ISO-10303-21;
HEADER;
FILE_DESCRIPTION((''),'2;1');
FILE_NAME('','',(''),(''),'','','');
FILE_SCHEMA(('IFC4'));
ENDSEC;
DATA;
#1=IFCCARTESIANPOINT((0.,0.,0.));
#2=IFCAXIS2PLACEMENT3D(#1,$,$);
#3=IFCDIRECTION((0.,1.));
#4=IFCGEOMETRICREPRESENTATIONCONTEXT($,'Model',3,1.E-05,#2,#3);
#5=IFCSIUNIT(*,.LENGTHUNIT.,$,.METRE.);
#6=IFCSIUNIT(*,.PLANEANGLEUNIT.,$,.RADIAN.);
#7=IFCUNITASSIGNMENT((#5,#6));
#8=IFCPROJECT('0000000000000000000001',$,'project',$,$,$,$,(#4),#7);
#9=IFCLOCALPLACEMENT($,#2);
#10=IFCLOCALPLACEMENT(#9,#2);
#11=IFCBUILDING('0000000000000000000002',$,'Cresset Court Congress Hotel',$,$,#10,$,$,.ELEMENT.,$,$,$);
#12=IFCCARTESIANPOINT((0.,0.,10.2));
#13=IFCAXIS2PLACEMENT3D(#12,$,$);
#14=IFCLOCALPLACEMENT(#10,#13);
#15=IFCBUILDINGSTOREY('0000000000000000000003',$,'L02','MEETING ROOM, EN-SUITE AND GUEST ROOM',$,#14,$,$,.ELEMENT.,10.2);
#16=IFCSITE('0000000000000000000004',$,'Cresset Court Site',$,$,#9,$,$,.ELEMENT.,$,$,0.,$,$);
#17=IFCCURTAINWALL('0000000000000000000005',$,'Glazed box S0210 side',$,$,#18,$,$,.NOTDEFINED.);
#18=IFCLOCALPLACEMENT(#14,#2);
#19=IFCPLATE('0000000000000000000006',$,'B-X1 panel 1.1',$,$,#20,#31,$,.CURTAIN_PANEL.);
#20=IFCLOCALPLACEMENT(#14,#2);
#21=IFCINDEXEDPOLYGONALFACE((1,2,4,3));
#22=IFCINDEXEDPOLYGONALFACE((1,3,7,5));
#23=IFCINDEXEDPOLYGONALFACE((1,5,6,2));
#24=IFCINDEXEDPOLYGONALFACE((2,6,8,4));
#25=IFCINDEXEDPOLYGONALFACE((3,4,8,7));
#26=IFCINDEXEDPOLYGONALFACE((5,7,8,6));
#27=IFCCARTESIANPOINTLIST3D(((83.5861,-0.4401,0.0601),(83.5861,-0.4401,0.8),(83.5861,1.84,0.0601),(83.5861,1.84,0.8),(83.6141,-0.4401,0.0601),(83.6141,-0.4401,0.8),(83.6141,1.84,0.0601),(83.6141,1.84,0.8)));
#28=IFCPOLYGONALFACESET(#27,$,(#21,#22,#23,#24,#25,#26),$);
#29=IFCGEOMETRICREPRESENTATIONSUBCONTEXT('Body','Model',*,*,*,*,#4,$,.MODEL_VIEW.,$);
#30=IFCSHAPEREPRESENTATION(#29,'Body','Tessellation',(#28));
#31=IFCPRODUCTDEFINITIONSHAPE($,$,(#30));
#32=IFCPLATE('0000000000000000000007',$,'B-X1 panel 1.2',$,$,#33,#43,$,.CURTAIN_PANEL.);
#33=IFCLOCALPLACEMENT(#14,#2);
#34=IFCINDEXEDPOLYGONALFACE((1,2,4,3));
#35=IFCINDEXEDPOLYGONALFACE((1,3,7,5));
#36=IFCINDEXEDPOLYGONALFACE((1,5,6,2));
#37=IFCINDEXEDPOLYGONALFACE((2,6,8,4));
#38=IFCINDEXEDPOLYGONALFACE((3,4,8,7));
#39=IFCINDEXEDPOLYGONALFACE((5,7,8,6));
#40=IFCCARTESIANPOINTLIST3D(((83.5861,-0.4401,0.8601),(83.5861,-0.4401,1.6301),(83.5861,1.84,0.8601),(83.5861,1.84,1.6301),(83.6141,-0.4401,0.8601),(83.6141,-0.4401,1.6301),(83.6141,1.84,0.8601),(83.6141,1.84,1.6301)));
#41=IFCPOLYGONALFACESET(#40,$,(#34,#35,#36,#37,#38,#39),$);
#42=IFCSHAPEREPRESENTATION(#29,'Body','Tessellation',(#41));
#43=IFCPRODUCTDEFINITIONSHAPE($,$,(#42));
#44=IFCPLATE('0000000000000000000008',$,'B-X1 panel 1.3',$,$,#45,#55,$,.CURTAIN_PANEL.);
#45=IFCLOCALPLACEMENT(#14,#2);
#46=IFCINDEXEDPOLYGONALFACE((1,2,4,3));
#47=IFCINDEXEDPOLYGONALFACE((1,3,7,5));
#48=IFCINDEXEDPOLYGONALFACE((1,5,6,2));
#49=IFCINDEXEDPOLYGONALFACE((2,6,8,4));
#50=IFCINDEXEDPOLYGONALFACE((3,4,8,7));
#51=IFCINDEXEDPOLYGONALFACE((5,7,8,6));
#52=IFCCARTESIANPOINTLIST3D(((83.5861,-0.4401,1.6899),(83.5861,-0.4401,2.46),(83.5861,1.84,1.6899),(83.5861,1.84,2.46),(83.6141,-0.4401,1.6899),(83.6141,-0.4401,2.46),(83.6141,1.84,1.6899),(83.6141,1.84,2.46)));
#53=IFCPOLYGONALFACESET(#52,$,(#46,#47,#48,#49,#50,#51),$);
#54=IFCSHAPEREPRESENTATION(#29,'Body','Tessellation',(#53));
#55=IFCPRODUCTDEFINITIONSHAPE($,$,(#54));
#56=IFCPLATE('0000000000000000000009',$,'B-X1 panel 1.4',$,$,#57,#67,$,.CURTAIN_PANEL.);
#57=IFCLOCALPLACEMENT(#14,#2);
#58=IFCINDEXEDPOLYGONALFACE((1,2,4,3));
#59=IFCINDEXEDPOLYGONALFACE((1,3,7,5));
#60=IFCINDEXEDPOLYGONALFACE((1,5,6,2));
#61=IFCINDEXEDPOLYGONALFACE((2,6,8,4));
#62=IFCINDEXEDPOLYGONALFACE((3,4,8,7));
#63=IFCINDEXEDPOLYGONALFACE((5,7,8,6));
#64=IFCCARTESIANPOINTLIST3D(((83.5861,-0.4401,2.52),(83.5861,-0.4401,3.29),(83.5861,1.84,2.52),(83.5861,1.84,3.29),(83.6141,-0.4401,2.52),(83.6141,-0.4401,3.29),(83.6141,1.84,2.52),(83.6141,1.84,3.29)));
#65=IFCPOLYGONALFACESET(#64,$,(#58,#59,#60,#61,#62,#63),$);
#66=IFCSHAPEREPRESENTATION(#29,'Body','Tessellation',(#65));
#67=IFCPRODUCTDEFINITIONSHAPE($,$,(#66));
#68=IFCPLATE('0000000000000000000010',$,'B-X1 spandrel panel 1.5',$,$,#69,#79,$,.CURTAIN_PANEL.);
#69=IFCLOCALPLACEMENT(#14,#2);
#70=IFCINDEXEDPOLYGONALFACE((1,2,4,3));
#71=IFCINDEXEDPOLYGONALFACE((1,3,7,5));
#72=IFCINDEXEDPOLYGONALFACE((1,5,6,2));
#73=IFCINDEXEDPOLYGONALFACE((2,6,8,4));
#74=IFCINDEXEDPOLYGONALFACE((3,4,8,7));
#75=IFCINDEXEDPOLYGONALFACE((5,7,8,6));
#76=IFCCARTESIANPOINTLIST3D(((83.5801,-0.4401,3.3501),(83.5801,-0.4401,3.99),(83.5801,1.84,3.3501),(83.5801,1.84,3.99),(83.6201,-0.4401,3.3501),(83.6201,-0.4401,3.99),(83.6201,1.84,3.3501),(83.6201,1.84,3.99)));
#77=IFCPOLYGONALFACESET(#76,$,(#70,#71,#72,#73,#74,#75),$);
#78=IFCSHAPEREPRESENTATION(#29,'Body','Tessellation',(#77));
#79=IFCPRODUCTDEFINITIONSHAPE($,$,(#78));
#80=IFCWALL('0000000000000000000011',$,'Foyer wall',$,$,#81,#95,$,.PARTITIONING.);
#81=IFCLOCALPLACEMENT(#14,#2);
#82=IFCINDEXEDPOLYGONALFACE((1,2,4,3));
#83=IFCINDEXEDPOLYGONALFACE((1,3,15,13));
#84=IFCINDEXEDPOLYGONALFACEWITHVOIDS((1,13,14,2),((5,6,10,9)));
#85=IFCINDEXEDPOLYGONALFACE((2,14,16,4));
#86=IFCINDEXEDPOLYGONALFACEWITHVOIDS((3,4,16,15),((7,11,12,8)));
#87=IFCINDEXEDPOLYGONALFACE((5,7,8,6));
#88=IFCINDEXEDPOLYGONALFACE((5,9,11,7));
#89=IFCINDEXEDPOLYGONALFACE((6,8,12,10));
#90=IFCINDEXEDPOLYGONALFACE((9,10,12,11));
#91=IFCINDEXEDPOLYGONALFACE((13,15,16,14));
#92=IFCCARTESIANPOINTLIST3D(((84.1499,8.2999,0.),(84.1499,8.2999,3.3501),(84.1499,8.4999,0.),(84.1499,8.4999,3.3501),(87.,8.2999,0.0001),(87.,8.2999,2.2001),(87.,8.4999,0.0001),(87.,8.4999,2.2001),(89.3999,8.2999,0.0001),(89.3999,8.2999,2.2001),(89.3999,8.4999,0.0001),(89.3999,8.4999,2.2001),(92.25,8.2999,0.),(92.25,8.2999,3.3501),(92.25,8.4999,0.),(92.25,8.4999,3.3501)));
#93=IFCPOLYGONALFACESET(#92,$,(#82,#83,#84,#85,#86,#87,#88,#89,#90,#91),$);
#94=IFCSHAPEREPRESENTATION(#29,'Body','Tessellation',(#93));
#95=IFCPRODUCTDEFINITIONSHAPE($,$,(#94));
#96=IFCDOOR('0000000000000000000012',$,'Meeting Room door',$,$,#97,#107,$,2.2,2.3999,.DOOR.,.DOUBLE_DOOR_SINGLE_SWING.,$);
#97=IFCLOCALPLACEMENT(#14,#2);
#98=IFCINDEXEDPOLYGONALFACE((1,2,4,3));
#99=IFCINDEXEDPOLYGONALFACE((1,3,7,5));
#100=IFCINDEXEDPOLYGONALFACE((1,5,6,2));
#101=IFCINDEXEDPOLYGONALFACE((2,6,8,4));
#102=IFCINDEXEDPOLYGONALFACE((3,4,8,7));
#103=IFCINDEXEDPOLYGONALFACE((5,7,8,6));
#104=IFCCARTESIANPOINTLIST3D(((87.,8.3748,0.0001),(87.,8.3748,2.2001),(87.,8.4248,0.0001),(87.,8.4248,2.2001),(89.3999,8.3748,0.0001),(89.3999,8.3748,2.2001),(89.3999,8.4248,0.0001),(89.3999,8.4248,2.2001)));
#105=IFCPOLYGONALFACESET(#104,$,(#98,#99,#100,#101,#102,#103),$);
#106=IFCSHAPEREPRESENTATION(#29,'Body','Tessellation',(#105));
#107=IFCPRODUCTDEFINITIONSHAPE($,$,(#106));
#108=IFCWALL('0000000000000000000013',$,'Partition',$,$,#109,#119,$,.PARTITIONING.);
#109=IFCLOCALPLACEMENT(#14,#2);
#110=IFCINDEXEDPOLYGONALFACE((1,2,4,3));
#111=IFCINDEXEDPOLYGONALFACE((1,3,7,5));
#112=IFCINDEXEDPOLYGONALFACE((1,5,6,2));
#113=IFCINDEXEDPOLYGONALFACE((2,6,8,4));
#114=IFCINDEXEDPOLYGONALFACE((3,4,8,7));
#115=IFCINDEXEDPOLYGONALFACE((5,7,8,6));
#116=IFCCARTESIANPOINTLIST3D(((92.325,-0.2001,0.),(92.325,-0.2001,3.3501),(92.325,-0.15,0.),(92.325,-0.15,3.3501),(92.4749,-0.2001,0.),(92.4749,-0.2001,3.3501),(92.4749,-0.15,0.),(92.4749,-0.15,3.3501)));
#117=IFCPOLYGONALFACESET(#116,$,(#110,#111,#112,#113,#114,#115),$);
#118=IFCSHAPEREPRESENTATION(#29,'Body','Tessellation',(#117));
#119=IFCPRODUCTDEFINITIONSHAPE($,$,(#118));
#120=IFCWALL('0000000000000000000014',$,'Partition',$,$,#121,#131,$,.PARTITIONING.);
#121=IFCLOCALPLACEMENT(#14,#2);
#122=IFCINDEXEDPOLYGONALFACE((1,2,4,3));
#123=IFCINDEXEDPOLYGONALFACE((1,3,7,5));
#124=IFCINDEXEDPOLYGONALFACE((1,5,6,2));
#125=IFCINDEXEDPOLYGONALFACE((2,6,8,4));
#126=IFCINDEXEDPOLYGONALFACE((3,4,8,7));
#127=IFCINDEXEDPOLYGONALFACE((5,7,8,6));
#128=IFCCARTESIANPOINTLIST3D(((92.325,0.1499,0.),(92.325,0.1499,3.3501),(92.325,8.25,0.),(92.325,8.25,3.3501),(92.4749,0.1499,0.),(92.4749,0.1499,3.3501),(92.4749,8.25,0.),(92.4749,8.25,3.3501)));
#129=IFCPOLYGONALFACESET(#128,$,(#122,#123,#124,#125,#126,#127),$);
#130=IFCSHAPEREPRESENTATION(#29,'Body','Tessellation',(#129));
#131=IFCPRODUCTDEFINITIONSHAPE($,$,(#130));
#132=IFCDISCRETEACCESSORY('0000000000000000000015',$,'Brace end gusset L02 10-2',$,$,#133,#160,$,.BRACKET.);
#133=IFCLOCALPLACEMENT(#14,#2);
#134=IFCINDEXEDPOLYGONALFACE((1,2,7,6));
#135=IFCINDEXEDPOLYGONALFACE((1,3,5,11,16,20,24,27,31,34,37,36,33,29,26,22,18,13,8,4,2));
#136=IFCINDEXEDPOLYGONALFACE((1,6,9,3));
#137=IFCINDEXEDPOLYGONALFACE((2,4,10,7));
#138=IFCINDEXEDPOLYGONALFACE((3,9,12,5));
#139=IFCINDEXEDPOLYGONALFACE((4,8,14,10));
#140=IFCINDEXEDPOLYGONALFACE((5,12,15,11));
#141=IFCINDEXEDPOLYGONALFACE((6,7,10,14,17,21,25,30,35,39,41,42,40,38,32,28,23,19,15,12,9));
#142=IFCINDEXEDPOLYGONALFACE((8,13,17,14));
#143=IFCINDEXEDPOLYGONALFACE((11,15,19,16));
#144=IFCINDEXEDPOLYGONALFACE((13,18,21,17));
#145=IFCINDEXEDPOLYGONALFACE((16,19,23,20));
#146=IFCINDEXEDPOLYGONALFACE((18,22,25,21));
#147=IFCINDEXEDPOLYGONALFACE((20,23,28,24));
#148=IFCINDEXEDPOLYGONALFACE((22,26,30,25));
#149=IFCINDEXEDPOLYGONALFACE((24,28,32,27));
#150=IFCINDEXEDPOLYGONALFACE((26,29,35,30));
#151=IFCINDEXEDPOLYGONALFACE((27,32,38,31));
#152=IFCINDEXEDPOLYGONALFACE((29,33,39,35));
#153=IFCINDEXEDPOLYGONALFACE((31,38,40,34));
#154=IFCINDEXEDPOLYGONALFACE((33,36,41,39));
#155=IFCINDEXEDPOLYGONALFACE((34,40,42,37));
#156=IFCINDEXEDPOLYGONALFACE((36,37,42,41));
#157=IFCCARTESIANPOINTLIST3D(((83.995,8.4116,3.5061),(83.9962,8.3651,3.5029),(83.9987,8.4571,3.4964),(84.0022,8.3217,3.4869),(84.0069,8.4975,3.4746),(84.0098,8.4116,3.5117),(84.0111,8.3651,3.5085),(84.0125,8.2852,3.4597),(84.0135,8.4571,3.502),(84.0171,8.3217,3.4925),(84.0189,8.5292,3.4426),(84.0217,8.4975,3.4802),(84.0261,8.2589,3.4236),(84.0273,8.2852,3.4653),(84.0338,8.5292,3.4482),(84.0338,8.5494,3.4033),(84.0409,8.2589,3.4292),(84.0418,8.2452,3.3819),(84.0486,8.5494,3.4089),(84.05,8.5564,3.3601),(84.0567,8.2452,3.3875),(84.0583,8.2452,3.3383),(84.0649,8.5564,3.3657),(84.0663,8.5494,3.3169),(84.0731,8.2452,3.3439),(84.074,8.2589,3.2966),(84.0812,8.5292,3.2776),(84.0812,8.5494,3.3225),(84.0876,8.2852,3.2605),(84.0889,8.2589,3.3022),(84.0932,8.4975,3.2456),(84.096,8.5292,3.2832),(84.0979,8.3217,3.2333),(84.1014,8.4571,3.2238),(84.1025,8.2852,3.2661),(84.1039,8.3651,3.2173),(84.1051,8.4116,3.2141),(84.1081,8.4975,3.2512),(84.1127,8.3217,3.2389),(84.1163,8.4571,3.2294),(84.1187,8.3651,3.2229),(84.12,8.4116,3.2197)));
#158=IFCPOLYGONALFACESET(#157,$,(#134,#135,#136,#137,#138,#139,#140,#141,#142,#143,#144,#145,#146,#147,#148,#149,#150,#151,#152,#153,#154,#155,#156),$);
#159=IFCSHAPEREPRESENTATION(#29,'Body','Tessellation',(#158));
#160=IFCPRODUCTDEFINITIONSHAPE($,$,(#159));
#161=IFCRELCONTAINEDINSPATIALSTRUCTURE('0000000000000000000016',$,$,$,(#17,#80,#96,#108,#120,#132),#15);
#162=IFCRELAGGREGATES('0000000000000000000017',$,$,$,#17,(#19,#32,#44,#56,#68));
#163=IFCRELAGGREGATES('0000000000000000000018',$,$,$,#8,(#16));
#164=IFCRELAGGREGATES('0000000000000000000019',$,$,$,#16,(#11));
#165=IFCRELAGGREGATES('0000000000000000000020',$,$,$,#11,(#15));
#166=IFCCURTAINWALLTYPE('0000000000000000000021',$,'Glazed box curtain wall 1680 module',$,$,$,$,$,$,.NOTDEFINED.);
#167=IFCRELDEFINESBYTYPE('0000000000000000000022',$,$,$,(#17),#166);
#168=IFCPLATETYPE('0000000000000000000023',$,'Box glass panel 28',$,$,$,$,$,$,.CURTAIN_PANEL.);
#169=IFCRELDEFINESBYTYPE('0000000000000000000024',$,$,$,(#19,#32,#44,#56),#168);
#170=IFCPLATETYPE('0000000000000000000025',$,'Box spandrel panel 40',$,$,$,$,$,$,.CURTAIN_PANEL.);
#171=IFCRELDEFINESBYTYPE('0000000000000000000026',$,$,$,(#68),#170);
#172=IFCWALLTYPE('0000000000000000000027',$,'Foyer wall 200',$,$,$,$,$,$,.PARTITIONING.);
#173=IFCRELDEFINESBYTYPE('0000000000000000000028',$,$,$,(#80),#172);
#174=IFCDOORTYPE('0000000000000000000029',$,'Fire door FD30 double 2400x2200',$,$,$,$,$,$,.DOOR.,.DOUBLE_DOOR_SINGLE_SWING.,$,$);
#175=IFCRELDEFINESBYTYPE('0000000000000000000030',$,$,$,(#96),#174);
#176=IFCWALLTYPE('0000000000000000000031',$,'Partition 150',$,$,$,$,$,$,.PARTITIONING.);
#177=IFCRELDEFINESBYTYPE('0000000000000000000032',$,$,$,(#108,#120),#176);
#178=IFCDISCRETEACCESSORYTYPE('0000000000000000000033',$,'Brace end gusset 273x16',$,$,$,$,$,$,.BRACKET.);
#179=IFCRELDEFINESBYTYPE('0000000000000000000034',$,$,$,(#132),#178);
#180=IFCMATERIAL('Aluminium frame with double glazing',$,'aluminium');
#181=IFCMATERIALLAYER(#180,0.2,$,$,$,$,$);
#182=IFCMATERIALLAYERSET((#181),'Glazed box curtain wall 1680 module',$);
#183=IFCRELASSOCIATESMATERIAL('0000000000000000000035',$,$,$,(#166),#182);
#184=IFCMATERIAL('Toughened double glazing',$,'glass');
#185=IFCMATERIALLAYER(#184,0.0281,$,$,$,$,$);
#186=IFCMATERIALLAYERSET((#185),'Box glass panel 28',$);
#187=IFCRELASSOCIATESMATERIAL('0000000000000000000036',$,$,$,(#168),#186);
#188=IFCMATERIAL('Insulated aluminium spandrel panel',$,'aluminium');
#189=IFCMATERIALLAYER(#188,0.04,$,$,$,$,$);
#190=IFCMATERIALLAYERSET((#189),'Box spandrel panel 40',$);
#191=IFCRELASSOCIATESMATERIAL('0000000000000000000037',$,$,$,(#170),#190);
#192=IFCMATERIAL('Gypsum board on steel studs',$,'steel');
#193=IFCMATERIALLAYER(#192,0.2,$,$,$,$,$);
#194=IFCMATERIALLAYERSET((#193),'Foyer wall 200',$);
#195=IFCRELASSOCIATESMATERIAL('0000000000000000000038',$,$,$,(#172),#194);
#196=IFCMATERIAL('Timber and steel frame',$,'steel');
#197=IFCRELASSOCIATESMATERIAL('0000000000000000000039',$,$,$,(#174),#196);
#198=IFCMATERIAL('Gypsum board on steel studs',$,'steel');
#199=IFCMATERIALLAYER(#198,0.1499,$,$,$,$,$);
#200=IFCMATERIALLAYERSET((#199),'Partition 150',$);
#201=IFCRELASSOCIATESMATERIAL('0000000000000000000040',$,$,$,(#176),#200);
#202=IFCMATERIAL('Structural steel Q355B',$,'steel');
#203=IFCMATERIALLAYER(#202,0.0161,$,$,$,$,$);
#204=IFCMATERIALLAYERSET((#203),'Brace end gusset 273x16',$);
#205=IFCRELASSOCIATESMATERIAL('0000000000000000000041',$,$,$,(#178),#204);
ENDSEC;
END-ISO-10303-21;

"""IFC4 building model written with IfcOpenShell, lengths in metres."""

from ifc_helpers import new_model, si_unit, direction, frame, frame_2d, origin, origin_2d, place, context, subcontext, project, spatial, rectangle, circle, extrude, material, layer, layer_set, type_object, element, fill, aggregate, save


model = new_model("IFC4")

# Units and contexts
model_context = context("Model", 3, precision=1e-05, world=origin(), true_north=direction((0.0, 1.0)))
body_context = subcontext(model_context, "Body", "Model", "MODEL_VIEW")
ifc_project = project(units=[si_unit("LENGTHUNIT", "METRE"), si_unit("PLANEANGLEUNIT", "RADIAN")], contexts=[model_context])

# Site, building, storey
site_placement = place(None, origin())
site = spatial("IfcSite", under=ifc_project, at=site_placement, Name="Cresset Court Site", CompositionType="ELEMENT", RefElevation=0.0)
building_placement = place(site_placement, origin())
building = spatial("IfcBuilding", under=site, at=building_placement, Name="Cresset Court Congress Hotel", CompositionType="ELEMENT")
storey_placement = place(building_placement, frame((0.0, 0.0, 10.2)))
storey = spatial("IfcBuildingStorey", under=building, at=storey_placement, Name="L02", Description="MEETING ROOM, EN-SUITE AND GUEST ROOM", CompositionType="ELEMENT", Elevation=10.2)

# Shared definitions
ifc_material_1 = material(Name="Aluminium frame with double glazing", Category="aluminium")
ifc_layer_1 = layer(ifc_material_1, 0.2)
ifc_layer_set_1 = layer_set([ifc_layer_1], Name="Glazed box curtain wall 1680 module")
curtain_wall_type = type_object("IfcCurtainWallType", Name="Glazed box curtain wall 1680 module", PredefinedType="NOTDEFINED", material=ifc_layer_set_1)

# Curtain wall, plates
curtain_wall_1_placement = place(storey_placement, origin())
curtain_wall_1 = element("IfcCurtainWall", 1, at=curtain_wall_1_placement, inside=storey, type_object=curtain_wall_type, Name="Glazed box S0210 side", PredefinedType="NOTDEFINED")
ifc_material_2 = material(Name="Toughened double glazing", Category="glass")
ifc_layer_2 = layer(ifc_material_2, 0.0281)
ifc_layer_set_2 = layer_set([ifc_layer_2], Name="Box glass panel 28")
plate_type_1 = type_object("IfcPlateType", Name="Box glass panel 28", PredefinedType="CURTAIN_PANEL", material=ifc_layer_set_2)
plate_1_placement = place(storey_placement, frame((83.6001, 0.7, 0.0601), z_axis=(0.0, 0.0, 1.0), x_axis=(0.0, 1.0, 0.0)))
plate_1 = element("IfcPlate", 2, at=plate_1_placement, type_object=plate_type_1, Name="B-X1 panel 1.1", PredefinedType="CURTAIN_PANEL", context=body_context, shape_type="SweptSolid", body=[
    extrude(rectangle(XDim=2.28, YDim=0.0281, at=origin_2d()), origin(), (0.0, 0.0, 1.0), 0.74),
])
plate_2_placement = place(storey_placement, frame((83.6001, 0.7, 0.8601), z_axis=(0.0, 0.0, 1.0), x_axis=(0.0, 1.0, 0.0)))
plate_2 = element("IfcPlate", 3, at=plate_2_placement, type_object=plate_type_1, Name="B-X1 panel 1.2", PredefinedType="CURTAIN_PANEL", context=body_context, shape_type="SweptSolid", body=[
    extrude(rectangle(XDim=2.28, YDim=0.0281, at=origin_2d()), origin(), (0.0, 0.0, 1.0), 0.77),
])
plate_3_placement = place(storey_placement, frame((83.6001, 0.7, 1.6899), z_axis=(0.0, 0.0, 1.0), x_axis=(0.0, 1.0, 0.0)))
plate_3 = element("IfcPlate", 4, at=plate_3_placement, type_object=plate_type_1, Name="B-X1 panel 1.3", PredefinedType="CURTAIN_PANEL", context=body_context, shape_type="SweptSolid", body=[
    extrude(rectangle(XDim=2.28, YDim=0.0281, at=origin_2d()), origin(), (0.0, 0.0, 1.0), 0.77),
])
plate_4_placement = place(storey_placement, frame((83.6001, 0.7, 2.52), z_axis=(0.0, 0.0, 1.0), x_axis=(0.0, 1.0, 0.0)))
plate_4 = element("IfcPlate", 5, at=plate_4_placement, type_object=plate_type_1, Name="B-X1 panel 1.4", PredefinedType="CURTAIN_PANEL", context=body_context, shape_type="SweptSolid", body=[
    extrude(rectangle(XDim=2.28, YDim=0.0281, at=origin_2d()), origin(), (0.0, 0.0, 1.0), 0.77),
])
ifc_material_3 = material(Name="Insulated aluminium spandrel panel", Category="aluminium")
ifc_layer_3 = layer(ifc_material_3, 0.04)
ifc_layer_set_3 = layer_set([ifc_layer_3], Name="Box spandrel panel 40")
plate_type_2 = type_object("IfcPlateType", Name="Box spandrel panel 40", PredefinedType="CURTAIN_PANEL", material=ifc_layer_set_3)
plate_5_placement = place(storey_placement, frame((83.6001, 0.7, 3.3501), z_axis=(0.0, 0.0, 1.0), x_axis=(0.0, 1.0, 0.0)))
plate_5 = element("IfcPlate", 6, at=plate_5_placement, type_object=plate_type_2, Name="B-X1 spandrel panel 1.5", PredefinedType="CURTAIN_PANEL", context=body_context, shape_type="SweptSolid", body=[
    extrude(rectangle(XDim=2.28, YDim=0.04, at=origin_2d()), origin(), (0.0, 0.0, 1.0), 0.6399),
])
aggregate(curtain_wall_1, [plate_1, plate_2, plate_3, plate_4, plate_5])

# Wall, opening, door
ifc_material_4 = material(Name="Gypsum board on steel studs", Category="steel")
ifc_layer_4 = layer(ifc_material_4, 0.2)
ifc_layer_set_4 = layer_set([ifc_layer_4], Name="Foyer wall 200")
wall_type_1 = type_object("IfcWallType", Name="Foyer wall 200", PredefinedType="PARTITIONING", material=ifc_layer_set_4)
wall_1_placement = place(storey_placement, frame((84.1499, 8.3999, 0.0), z_axis=(0.0, 0.0, 1.0), x_axis=(1.0, 0.0, 0.0)))
wall_1 = element("IfcWall", 7, at=wall_1_placement, inside=storey, type_object=wall_type_1, Name="Foyer wall", PredefinedType="PARTITIONING", context=body_context, shape_type="SweptSolid", body=[
    extrude(rectangle(XDim=8.1001, YDim=0.2, at=frame_2d((4.05, 0.0))), origin(), (0.0, 0.0, 1.0), 3.3501),
])
opening_placement = place(wall_1_placement, frame((2.8501, 0.0, 0.0)))
opening = element("IfcOpeningElement", 8, at=opening_placement, cuts=wall_1, PredefinedType="OPENING", context=body_context, shape_type="SweptSolid", body=[
    extrude(rectangle(XDim=2.3999, YDim=2.2, at=frame_2d((1.2, 1.1001))), frame((0.0, 0.1099, 0.0), z_axis=(0.0, -1.0, 0.0), x_axis=(1.0, 0.0, 0.0)), (0.0, 0.0, 1.0), 0.22),
])
ifc_material_5 = material(Name="Timber and steel frame", Category="steel")
door_type = type_object("IfcDoorType", Name="Fire door FD30 double 2400x2200", OperationType="DOUBLE_DOOR_SINGLE_SWING", PredefinedType="DOOR", material=ifc_material_5)
door_placement = place(opening_placement, origin())
door = element("IfcDoor", 9, at=door_placement, inside=storey, type_object=door_type, Name="Meeting Room door", OperationType="DOUBLE_DOOR_SINGLE_SWING", OverallHeight=2.2, OverallWidth=2.3999, PredefinedType="DOOR", context=body_context, shape_type="SweptSolid", body=[
    extrude(rectangle(XDim=2.3999, YDim=2.2, at=frame_2d((1.2, 1.1001))), frame((0.0, 0.0249, 0.0), z_axis=(0.0, -1.0, 0.0), x_axis=(1.0, 0.0, 0.0)), (0.0, 0.0, 1.0), 0.05),
])
fill(opening, door)

# Walls
ifc_material_6 = material(Name="Gypsum board on steel studs", Category="steel")
ifc_layer_5 = layer(ifc_material_6, 0.1499)
ifc_layer_set_5 = layer_set([ifc_layer_5], Name="Partition 150")
wall_type_2 = type_object("IfcWallType", Name="Partition 150", PredefinedType="PARTITIONING", material=ifc_layer_set_5)
wall_2_placement = place(storey_placement, frame((92.3999, -0.2, 0.0), z_axis=(0.0, 0.0, 1.0), x_axis=(0.0, 1.0, 0.0)))
element("IfcWall", 10, at=wall_2_placement, inside=storey, type_object=wall_type_2, Name="Partition", PredefinedType="PARTITIONING", context=body_context, shape_type="SweptSolid", body=[
    extrude(rectangle(XDim=0.05, YDim=0.1499, at=frame_2d((0.0249, 0.0))), origin(), (0.0, 0.0, 1.0), 3.3501),
])
wall_3_placement = place(storey_placement, frame((92.3999, 0.1499, 0.0), z_axis=(0.0, 0.0, 1.0), x_axis=(0.0, 1.0, 0.0)))
element("IfcWall", 11, at=wall_3_placement, inside=storey, type_object=wall_type_2, Name="Partition", PredefinedType="PARTITIONING", context=body_context, shape_type="SweptSolid", body=[
    extrude(rectangle(XDim=8.1001, YDim=0.1499, at=frame_2d((4.05, 0.0))), origin(), (0.0, 0.0, 1.0), 3.3501),
])

# Discrete accessory
ifc_material_7 = material(Name="Structural steel Q355B", Category="steel")
ifc_layer_6 = layer(ifc_material_7, 0.0161)
ifc_layer_set_6 = layer_set([ifc_layer_6], Name="Brace end gusset 273x16")
discrete_accessory_type = type_object("IfcDiscreteAccessoryType", Name="Brace end gusset 273x16", PredefinedType="BRACKET", material=ifc_layer_set_6)
discrete_accessory_placement = place(storey_placement, frame((84.05, 8.3999, 3.3601), z_axis=(0.935697, 0.0, 0.352804), x_axis=(0.0, 1.0, 0.0)))
element("IfcDiscreteAccessory", 12, at=discrete_accessory_placement, inside=storey, type_object=discrete_accessory_type, Name="Brace end gusset L02 10-2", PredefinedType="BRACKET", context=body_context, shape_type="SweptSolid", body=[
    extrude(circle(Radius=0.1565, at=origin_2d()), origin(), (0.0, 0.0, 1.0), 0.0159),
])

save(model, "model.ifc")
